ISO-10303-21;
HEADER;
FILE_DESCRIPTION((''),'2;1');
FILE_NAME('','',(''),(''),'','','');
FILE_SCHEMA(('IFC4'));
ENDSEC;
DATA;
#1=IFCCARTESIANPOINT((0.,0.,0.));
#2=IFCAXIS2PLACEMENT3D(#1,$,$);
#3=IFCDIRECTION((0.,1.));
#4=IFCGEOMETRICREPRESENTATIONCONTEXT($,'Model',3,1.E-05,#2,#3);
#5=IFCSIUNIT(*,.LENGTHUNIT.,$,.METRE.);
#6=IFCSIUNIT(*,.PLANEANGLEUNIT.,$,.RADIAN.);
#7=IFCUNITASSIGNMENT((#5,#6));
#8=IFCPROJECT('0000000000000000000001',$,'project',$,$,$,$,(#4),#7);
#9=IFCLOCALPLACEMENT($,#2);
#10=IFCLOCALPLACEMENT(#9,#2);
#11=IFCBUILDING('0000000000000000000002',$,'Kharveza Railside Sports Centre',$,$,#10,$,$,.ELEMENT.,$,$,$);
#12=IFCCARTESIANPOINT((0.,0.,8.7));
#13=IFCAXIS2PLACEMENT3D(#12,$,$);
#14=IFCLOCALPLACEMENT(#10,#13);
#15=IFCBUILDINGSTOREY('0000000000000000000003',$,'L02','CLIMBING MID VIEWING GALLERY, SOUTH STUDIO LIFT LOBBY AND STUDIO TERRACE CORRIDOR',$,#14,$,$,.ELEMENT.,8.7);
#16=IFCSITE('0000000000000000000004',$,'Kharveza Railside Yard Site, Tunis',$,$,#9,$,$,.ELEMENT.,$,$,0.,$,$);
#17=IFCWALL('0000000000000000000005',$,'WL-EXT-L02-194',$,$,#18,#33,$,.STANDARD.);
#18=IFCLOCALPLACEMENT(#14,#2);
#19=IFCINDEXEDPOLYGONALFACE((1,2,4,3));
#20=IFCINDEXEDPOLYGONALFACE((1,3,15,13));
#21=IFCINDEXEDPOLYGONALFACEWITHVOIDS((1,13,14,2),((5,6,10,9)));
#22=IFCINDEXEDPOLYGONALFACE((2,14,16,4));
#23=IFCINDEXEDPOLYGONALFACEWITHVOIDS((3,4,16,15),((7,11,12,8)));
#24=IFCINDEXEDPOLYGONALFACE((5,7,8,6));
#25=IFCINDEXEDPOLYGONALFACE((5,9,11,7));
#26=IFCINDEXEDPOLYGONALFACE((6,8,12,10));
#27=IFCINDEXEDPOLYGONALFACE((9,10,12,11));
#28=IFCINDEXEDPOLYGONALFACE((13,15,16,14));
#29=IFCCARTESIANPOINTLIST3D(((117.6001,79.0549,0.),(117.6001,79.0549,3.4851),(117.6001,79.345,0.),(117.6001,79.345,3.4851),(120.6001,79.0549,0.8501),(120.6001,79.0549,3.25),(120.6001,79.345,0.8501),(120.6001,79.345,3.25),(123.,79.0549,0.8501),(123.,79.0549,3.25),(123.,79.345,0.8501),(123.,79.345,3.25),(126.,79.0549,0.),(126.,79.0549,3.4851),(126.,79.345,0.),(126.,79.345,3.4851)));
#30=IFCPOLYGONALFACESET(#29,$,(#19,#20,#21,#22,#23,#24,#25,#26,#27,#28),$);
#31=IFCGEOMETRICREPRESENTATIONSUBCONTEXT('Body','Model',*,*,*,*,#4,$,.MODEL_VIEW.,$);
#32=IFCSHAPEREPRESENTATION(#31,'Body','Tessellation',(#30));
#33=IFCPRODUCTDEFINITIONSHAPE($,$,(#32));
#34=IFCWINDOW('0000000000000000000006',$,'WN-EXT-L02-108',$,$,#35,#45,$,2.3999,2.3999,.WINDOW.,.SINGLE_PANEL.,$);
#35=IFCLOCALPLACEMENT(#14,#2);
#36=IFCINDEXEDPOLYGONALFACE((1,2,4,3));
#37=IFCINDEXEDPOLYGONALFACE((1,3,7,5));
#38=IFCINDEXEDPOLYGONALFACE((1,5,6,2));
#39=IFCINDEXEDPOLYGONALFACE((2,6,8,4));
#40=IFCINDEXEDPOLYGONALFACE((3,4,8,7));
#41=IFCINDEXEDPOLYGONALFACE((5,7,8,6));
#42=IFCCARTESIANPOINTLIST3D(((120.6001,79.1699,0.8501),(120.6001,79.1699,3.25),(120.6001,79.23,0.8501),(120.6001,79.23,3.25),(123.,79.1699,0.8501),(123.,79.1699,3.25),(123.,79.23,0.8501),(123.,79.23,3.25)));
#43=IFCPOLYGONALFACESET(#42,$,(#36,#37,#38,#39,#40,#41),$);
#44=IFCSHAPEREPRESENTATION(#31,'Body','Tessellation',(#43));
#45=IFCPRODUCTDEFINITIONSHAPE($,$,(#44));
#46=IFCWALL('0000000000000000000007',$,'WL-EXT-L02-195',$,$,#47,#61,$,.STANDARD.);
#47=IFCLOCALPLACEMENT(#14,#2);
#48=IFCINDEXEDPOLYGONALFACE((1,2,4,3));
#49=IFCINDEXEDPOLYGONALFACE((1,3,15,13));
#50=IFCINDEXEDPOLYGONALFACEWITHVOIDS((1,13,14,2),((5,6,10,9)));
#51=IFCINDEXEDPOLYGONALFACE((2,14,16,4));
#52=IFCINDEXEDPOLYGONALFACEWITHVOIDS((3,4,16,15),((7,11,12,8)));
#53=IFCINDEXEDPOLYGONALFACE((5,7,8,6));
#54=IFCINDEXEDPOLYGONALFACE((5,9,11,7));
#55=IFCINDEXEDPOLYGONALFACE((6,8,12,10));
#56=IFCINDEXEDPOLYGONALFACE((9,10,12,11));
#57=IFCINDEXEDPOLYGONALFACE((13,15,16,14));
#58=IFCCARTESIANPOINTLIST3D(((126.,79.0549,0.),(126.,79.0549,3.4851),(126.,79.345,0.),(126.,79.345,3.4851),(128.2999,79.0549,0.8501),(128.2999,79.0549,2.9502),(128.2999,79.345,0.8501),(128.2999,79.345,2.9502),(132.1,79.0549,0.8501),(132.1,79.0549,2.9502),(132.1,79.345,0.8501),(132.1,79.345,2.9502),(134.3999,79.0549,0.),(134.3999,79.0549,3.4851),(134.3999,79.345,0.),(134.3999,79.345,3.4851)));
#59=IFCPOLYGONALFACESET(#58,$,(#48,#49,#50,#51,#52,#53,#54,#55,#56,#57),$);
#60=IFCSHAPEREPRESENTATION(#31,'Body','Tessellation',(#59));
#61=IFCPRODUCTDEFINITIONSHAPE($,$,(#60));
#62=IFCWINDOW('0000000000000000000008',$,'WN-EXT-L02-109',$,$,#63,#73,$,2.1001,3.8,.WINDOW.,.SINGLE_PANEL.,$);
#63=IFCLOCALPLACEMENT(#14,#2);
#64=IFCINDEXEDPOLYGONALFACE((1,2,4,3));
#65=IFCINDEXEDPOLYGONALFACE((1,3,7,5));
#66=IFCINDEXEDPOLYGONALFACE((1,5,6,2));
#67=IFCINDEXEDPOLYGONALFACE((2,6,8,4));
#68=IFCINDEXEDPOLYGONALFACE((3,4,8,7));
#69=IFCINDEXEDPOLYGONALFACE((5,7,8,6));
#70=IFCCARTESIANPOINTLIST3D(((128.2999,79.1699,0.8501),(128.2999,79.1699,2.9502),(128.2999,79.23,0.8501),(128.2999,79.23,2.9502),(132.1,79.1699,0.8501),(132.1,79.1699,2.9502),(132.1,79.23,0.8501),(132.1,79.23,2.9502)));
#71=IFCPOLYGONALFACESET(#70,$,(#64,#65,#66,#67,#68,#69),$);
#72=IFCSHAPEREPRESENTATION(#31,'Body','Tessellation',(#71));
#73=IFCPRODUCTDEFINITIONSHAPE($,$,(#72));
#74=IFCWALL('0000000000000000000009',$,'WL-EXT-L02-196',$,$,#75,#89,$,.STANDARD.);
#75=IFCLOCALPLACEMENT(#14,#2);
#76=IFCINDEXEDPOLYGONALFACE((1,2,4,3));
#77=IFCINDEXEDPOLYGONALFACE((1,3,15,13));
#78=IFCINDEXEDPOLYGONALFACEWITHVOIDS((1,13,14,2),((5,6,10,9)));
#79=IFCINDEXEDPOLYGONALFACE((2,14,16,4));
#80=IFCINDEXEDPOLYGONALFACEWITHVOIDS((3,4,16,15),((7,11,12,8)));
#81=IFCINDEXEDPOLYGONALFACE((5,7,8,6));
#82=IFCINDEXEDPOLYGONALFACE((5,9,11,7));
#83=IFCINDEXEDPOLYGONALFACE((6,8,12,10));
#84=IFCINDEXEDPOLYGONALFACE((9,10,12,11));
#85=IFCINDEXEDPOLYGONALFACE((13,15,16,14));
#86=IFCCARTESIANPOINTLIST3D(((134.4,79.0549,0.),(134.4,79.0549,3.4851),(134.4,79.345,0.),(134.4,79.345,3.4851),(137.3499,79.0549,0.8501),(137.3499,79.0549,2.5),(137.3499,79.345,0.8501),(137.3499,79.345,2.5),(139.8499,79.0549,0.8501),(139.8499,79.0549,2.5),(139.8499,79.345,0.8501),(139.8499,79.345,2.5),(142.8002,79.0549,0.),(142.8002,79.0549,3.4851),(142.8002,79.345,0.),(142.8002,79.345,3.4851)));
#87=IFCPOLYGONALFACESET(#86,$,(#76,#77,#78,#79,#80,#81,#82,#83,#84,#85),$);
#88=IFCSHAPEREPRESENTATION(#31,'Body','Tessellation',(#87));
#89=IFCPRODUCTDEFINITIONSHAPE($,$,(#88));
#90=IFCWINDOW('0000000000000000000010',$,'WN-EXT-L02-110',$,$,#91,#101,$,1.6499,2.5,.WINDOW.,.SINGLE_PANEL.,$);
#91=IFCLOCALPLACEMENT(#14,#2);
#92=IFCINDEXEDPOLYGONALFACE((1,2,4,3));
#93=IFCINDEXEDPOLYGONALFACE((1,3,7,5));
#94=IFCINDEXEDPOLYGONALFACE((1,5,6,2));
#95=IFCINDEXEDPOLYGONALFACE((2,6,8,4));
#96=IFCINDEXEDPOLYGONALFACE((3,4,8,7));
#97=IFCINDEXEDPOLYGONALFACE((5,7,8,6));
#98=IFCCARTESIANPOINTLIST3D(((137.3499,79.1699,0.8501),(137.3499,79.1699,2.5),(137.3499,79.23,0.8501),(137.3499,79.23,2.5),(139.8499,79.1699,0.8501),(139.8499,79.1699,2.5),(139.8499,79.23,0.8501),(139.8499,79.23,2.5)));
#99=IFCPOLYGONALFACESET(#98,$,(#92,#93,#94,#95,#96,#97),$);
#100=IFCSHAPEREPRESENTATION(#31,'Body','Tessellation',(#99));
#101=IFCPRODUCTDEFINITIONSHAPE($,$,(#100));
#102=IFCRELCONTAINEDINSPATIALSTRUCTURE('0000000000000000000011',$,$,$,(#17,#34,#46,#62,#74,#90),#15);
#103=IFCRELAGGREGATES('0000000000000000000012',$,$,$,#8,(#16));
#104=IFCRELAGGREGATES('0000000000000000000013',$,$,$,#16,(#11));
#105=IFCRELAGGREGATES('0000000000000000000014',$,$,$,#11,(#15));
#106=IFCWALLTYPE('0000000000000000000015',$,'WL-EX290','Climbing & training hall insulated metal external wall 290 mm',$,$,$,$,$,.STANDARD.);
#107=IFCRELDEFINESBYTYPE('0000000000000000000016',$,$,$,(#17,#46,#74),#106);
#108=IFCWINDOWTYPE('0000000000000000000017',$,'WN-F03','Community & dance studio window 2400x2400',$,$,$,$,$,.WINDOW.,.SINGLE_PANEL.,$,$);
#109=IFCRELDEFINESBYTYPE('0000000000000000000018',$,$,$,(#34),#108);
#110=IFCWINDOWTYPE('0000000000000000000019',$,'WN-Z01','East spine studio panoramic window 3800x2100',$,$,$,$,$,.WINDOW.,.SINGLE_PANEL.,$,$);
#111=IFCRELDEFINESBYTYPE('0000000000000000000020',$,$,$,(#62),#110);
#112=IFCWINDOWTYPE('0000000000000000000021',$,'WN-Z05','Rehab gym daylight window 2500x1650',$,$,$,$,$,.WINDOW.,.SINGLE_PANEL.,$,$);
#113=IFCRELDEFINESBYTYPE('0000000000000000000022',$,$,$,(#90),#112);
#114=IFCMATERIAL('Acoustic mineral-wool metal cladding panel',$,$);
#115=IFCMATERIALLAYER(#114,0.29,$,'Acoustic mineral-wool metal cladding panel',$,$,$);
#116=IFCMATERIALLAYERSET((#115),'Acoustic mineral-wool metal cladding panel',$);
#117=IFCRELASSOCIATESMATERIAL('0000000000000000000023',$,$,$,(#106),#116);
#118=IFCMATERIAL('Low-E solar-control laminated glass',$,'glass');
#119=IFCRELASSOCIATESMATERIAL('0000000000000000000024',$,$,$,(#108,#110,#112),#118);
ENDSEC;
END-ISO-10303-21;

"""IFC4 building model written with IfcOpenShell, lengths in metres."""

from ifc_helpers import new_model, si_unit, direction, frame, frame_2d, origin, place, context, subcontext, project, spatial, rectangle, extrude, material, layer, layer_set, type_object, element, fill, save


model = new_model("IFC4")

# Units and contexts
model_context = context("Model", 3, precision=1e-05, world=origin(), true_north=direction((0.0, 1.0)))
body_context = subcontext(model_context, "Body", "Model", "MODEL_VIEW")
ifc_project = project(units=[si_unit("LENGTHUNIT", "METRE"), si_unit("PLANEANGLEUNIT", "RADIAN")], contexts=[model_context])

# Site, building, storey
site_placement = place(None, origin())
site = spatial("IfcSite", under=ifc_project, at=site_placement, Name="Kharveza Railside Yard Site, Tunis", CompositionType="ELEMENT", RefElevation=0.0)
building_placement = place(site_placement, origin())
building = spatial("IfcBuilding", under=site, at=building_placement, Name="Kharveza Railside Sports Centre", CompositionType="ELEMENT")
storey_placement = place(building_placement, frame((0.0, 0.0, 8.7)))
storey = spatial("IfcBuildingStorey", under=building, at=storey_placement, Name="L02", Description="CLIMBING MID VIEWING GALLERY, SOUTH STUDIO LIFT LOBBY AND STUDIO TERRACE CORRIDOR", CompositionType="ELEMENT", Elevation=8.7)

# Shared definitions
ifc_material_1 = material(Name="Acoustic mineral-wool metal cladding panel")

# Walls, openings, windows
ifc_layer_1 = layer(ifc_material_1, 0.29, Name="Acoustic mineral-wool metal cladding panel")
ifc_layer_set_1 = layer_set([ifc_layer_1], Name="Acoustic mineral-wool metal cladding panel")
wall_type_1 = type_object("IfcWallType", Name="WL-EX290", Description="Climbing & training hall insulated metal external wall 290 mm", PredefinedType="STANDARD", material=ifc_layer_set_1)
wall_1_placement = place(storey_placement, frame((117.6001, 79.2, 0.0), z_axis=(0.0, 0.0, 1.0), x_axis=(1.0, 0.0, 0.0)))
wall_1 = element("IfcWall", 1, at=wall_1_placement, inside=storey, type_object=wall_type_1, Name="WL-EXT-L02-194", PredefinedType="STANDARD", context=body_context, shape_type="SweptSolid", body=[
    extrude(rectangle(XDim=8.3999, YDim=0.29, at=frame_2d((4.2, 0.0))), origin(), (0.0, 0.0, 1.0), 3.4851),
])
opening_1_placement = place(wall_1_placement, frame((3.0, 0.0, 0.8501)))
opening_1 = element("IfcOpeningElement", 2, at=opening_1_placement, cuts=wall_1, PredefinedType="OPENING", context=body_context, shape_type="SweptSolid", body=[
    extrude(rectangle(XDim=2.3999, YDim=2.3999, at=frame_2d((1.2, 1.2))), frame((0.0, 0.1699, 0.0), z_axis=(0.0, -1.0, 0.0), x_axis=(1.0, 0.0, 0.0)), (0.0, 0.0, 1.0), 0.3398),
])
ifc_material_2 = material(Name="Low-E solar-control laminated glass", Category="glass")
window_type_1 = type_object("IfcWindowType", Name="WN-F03", Description="Community & dance studio window 2400x2400", PartitioningType="SINGLE_PANEL", PredefinedType="WINDOW", material=ifc_material_2)
window_1_placement = place(opening_1_placement, origin())
window_1 = element("IfcWindow", 3, at=window_1_placement, inside=storey, type_object=window_type_1, Name="WN-EXT-L02-108", OverallHeight=2.3999, OverallWidth=2.3999, PartitioningType="SINGLE_PANEL", PredefinedType="WINDOW", context=body_context, shape_type="SweptSolid", body=[
    extrude(rectangle(XDim=2.3999, YDim=2.3999, at=frame_2d((1.2, 1.2))), frame((0.0, 0.03, 0.0), z_axis=(0.0, -1.0, 0.0), x_axis=(1.0, 0.0, 0.0)), (0.0, 0.0, 1.0), 0.0601),
])
fill(opening_1, window_1)
wall_2_placement = place(storey_placement, frame((126.0, 79.2, 0.0), z_axis=(0.0, 0.0, 1.0), x_axis=(1.0, 0.0, 0.0)))
wall_2 = element("IfcWall", 4, at=wall_2_placement, inside=storey, type_object=wall_type_1, Name="WL-EXT-L02-195", PredefinedType="STANDARD", context=body_context, shape_type="SweptSolid", body=[
    extrude(rectangle(XDim=8.3999, YDim=0.29, at=frame_2d((4.2, 0.0))), origin(), (0.0, 0.0, 1.0), 3.4851),
])
opening_2_placement = place(wall_2_placement, frame((2.3, 0.0, 0.8501)))
opening_2 = element("IfcOpeningElement", 5, at=opening_2_placement, cuts=wall_2, PredefinedType="OPENING", context=body_context, shape_type="SweptSolid", body=[
    extrude(rectangle(XDim=3.8, YDim=2.1001, at=frame_2d((1.8999, 1.05))), frame((0.0, 0.1699, 0.0), z_axis=(0.0, -1.0, 0.0), x_axis=(1.0, 0.0, 0.0)), (0.0, 0.0, 1.0), 0.3398),
])
window_type_2 = type_object("IfcWindowType", Name="WN-Z01", Description="East spine studio panoramic window 3800x2100", PartitioningType="SINGLE_PANEL", PredefinedType="WINDOW", material=ifc_material_2)
window_2_placement = place(opening_2_placement, origin())
window_2 = element("IfcWindow", 6, at=window_2_placement, inside=storey, type_object=window_type_2, Name="WN-EXT-L02-109", OverallHeight=2.1001, OverallWidth=3.8, PartitioningType="SINGLE_PANEL", PredefinedType="WINDOW", context=body_context, shape_type="SweptSolid", body=[
    extrude(rectangle(XDim=3.8, YDim=2.1001, at=frame_2d((1.8999, 1.05))), frame((0.0, 0.03, 0.0), z_axis=(0.0, -1.0, 0.0), x_axis=(1.0, 0.0, 0.0)), (0.0, 0.0, 1.0), 0.0601),
])
fill(opening_2, window_2)
wall_3_placement = place(storey_placement, frame((134.3999, 79.2, 0.0), z_axis=(0.0, 0.0, 1.0), x_axis=(1.0, 0.0, 0.0)))
wall_3 = element("IfcWall", 7, at=wall_3_placement, inside=storey, type_object=wall_type_1, Name="WL-EXT-L02-196", PredefinedType="STANDARD", context=body_context, shape_type="SweptSolid", body=[
    extrude(rectangle(XDim=8.4001, YDim=0.29, at=frame_2d((4.2002, 0.0))), origin(), (0.0, 0.0, 1.0), 3.4851),
])
opening_3_placement = place(wall_3_placement, frame((2.95, 0.0, 0.8501)))
opening_3 = element("IfcOpeningElement", 8, at=opening_3_placement, cuts=wall_3, PredefinedType="OPENING", context=body_context, shape_type="SweptSolid", body=[
    extrude(rectangle(XDim=2.5, YDim=1.6499, at=frame_2d((1.25, 0.825))), frame((0.0, 0.1699, 0.0), z_axis=(0.0, -1.0, 0.0), x_axis=(1.0, 0.0, 0.0)), (0.0, 0.0, 1.0), 0.3398),
])
window_type_3 = type_object("IfcWindowType", Name="WN-Z05", Description="Rehab gym daylight window 2500x1650", PartitioningType="SINGLE_PANEL", PredefinedType="WINDOW", material=ifc_material_2)
window_3_placement = place(opening_3_placement, origin())
window_3 = element("IfcWindow", 9, at=window_3_placement, inside=storey, type_object=window_type_3, Name="WN-EXT-L02-110", OverallHeight=1.6499, OverallWidth=2.5, PartitioningType="SINGLE_PANEL", PredefinedType="WINDOW", context=body_context, shape_type="SweptSolid", body=[
    extrude(rectangle(XDim=2.5, YDim=1.6499, at=frame_2d((1.25, 0.825))), frame((0.0, 0.03, 0.0), z_axis=(0.0, -1.0, 0.0), x_axis=(1.0, 0.0, 0.0)), (0.0, 0.0, 1.0), 0.0601),
])
fill(opening_3, window_3)

save(model, "model.ifc")
